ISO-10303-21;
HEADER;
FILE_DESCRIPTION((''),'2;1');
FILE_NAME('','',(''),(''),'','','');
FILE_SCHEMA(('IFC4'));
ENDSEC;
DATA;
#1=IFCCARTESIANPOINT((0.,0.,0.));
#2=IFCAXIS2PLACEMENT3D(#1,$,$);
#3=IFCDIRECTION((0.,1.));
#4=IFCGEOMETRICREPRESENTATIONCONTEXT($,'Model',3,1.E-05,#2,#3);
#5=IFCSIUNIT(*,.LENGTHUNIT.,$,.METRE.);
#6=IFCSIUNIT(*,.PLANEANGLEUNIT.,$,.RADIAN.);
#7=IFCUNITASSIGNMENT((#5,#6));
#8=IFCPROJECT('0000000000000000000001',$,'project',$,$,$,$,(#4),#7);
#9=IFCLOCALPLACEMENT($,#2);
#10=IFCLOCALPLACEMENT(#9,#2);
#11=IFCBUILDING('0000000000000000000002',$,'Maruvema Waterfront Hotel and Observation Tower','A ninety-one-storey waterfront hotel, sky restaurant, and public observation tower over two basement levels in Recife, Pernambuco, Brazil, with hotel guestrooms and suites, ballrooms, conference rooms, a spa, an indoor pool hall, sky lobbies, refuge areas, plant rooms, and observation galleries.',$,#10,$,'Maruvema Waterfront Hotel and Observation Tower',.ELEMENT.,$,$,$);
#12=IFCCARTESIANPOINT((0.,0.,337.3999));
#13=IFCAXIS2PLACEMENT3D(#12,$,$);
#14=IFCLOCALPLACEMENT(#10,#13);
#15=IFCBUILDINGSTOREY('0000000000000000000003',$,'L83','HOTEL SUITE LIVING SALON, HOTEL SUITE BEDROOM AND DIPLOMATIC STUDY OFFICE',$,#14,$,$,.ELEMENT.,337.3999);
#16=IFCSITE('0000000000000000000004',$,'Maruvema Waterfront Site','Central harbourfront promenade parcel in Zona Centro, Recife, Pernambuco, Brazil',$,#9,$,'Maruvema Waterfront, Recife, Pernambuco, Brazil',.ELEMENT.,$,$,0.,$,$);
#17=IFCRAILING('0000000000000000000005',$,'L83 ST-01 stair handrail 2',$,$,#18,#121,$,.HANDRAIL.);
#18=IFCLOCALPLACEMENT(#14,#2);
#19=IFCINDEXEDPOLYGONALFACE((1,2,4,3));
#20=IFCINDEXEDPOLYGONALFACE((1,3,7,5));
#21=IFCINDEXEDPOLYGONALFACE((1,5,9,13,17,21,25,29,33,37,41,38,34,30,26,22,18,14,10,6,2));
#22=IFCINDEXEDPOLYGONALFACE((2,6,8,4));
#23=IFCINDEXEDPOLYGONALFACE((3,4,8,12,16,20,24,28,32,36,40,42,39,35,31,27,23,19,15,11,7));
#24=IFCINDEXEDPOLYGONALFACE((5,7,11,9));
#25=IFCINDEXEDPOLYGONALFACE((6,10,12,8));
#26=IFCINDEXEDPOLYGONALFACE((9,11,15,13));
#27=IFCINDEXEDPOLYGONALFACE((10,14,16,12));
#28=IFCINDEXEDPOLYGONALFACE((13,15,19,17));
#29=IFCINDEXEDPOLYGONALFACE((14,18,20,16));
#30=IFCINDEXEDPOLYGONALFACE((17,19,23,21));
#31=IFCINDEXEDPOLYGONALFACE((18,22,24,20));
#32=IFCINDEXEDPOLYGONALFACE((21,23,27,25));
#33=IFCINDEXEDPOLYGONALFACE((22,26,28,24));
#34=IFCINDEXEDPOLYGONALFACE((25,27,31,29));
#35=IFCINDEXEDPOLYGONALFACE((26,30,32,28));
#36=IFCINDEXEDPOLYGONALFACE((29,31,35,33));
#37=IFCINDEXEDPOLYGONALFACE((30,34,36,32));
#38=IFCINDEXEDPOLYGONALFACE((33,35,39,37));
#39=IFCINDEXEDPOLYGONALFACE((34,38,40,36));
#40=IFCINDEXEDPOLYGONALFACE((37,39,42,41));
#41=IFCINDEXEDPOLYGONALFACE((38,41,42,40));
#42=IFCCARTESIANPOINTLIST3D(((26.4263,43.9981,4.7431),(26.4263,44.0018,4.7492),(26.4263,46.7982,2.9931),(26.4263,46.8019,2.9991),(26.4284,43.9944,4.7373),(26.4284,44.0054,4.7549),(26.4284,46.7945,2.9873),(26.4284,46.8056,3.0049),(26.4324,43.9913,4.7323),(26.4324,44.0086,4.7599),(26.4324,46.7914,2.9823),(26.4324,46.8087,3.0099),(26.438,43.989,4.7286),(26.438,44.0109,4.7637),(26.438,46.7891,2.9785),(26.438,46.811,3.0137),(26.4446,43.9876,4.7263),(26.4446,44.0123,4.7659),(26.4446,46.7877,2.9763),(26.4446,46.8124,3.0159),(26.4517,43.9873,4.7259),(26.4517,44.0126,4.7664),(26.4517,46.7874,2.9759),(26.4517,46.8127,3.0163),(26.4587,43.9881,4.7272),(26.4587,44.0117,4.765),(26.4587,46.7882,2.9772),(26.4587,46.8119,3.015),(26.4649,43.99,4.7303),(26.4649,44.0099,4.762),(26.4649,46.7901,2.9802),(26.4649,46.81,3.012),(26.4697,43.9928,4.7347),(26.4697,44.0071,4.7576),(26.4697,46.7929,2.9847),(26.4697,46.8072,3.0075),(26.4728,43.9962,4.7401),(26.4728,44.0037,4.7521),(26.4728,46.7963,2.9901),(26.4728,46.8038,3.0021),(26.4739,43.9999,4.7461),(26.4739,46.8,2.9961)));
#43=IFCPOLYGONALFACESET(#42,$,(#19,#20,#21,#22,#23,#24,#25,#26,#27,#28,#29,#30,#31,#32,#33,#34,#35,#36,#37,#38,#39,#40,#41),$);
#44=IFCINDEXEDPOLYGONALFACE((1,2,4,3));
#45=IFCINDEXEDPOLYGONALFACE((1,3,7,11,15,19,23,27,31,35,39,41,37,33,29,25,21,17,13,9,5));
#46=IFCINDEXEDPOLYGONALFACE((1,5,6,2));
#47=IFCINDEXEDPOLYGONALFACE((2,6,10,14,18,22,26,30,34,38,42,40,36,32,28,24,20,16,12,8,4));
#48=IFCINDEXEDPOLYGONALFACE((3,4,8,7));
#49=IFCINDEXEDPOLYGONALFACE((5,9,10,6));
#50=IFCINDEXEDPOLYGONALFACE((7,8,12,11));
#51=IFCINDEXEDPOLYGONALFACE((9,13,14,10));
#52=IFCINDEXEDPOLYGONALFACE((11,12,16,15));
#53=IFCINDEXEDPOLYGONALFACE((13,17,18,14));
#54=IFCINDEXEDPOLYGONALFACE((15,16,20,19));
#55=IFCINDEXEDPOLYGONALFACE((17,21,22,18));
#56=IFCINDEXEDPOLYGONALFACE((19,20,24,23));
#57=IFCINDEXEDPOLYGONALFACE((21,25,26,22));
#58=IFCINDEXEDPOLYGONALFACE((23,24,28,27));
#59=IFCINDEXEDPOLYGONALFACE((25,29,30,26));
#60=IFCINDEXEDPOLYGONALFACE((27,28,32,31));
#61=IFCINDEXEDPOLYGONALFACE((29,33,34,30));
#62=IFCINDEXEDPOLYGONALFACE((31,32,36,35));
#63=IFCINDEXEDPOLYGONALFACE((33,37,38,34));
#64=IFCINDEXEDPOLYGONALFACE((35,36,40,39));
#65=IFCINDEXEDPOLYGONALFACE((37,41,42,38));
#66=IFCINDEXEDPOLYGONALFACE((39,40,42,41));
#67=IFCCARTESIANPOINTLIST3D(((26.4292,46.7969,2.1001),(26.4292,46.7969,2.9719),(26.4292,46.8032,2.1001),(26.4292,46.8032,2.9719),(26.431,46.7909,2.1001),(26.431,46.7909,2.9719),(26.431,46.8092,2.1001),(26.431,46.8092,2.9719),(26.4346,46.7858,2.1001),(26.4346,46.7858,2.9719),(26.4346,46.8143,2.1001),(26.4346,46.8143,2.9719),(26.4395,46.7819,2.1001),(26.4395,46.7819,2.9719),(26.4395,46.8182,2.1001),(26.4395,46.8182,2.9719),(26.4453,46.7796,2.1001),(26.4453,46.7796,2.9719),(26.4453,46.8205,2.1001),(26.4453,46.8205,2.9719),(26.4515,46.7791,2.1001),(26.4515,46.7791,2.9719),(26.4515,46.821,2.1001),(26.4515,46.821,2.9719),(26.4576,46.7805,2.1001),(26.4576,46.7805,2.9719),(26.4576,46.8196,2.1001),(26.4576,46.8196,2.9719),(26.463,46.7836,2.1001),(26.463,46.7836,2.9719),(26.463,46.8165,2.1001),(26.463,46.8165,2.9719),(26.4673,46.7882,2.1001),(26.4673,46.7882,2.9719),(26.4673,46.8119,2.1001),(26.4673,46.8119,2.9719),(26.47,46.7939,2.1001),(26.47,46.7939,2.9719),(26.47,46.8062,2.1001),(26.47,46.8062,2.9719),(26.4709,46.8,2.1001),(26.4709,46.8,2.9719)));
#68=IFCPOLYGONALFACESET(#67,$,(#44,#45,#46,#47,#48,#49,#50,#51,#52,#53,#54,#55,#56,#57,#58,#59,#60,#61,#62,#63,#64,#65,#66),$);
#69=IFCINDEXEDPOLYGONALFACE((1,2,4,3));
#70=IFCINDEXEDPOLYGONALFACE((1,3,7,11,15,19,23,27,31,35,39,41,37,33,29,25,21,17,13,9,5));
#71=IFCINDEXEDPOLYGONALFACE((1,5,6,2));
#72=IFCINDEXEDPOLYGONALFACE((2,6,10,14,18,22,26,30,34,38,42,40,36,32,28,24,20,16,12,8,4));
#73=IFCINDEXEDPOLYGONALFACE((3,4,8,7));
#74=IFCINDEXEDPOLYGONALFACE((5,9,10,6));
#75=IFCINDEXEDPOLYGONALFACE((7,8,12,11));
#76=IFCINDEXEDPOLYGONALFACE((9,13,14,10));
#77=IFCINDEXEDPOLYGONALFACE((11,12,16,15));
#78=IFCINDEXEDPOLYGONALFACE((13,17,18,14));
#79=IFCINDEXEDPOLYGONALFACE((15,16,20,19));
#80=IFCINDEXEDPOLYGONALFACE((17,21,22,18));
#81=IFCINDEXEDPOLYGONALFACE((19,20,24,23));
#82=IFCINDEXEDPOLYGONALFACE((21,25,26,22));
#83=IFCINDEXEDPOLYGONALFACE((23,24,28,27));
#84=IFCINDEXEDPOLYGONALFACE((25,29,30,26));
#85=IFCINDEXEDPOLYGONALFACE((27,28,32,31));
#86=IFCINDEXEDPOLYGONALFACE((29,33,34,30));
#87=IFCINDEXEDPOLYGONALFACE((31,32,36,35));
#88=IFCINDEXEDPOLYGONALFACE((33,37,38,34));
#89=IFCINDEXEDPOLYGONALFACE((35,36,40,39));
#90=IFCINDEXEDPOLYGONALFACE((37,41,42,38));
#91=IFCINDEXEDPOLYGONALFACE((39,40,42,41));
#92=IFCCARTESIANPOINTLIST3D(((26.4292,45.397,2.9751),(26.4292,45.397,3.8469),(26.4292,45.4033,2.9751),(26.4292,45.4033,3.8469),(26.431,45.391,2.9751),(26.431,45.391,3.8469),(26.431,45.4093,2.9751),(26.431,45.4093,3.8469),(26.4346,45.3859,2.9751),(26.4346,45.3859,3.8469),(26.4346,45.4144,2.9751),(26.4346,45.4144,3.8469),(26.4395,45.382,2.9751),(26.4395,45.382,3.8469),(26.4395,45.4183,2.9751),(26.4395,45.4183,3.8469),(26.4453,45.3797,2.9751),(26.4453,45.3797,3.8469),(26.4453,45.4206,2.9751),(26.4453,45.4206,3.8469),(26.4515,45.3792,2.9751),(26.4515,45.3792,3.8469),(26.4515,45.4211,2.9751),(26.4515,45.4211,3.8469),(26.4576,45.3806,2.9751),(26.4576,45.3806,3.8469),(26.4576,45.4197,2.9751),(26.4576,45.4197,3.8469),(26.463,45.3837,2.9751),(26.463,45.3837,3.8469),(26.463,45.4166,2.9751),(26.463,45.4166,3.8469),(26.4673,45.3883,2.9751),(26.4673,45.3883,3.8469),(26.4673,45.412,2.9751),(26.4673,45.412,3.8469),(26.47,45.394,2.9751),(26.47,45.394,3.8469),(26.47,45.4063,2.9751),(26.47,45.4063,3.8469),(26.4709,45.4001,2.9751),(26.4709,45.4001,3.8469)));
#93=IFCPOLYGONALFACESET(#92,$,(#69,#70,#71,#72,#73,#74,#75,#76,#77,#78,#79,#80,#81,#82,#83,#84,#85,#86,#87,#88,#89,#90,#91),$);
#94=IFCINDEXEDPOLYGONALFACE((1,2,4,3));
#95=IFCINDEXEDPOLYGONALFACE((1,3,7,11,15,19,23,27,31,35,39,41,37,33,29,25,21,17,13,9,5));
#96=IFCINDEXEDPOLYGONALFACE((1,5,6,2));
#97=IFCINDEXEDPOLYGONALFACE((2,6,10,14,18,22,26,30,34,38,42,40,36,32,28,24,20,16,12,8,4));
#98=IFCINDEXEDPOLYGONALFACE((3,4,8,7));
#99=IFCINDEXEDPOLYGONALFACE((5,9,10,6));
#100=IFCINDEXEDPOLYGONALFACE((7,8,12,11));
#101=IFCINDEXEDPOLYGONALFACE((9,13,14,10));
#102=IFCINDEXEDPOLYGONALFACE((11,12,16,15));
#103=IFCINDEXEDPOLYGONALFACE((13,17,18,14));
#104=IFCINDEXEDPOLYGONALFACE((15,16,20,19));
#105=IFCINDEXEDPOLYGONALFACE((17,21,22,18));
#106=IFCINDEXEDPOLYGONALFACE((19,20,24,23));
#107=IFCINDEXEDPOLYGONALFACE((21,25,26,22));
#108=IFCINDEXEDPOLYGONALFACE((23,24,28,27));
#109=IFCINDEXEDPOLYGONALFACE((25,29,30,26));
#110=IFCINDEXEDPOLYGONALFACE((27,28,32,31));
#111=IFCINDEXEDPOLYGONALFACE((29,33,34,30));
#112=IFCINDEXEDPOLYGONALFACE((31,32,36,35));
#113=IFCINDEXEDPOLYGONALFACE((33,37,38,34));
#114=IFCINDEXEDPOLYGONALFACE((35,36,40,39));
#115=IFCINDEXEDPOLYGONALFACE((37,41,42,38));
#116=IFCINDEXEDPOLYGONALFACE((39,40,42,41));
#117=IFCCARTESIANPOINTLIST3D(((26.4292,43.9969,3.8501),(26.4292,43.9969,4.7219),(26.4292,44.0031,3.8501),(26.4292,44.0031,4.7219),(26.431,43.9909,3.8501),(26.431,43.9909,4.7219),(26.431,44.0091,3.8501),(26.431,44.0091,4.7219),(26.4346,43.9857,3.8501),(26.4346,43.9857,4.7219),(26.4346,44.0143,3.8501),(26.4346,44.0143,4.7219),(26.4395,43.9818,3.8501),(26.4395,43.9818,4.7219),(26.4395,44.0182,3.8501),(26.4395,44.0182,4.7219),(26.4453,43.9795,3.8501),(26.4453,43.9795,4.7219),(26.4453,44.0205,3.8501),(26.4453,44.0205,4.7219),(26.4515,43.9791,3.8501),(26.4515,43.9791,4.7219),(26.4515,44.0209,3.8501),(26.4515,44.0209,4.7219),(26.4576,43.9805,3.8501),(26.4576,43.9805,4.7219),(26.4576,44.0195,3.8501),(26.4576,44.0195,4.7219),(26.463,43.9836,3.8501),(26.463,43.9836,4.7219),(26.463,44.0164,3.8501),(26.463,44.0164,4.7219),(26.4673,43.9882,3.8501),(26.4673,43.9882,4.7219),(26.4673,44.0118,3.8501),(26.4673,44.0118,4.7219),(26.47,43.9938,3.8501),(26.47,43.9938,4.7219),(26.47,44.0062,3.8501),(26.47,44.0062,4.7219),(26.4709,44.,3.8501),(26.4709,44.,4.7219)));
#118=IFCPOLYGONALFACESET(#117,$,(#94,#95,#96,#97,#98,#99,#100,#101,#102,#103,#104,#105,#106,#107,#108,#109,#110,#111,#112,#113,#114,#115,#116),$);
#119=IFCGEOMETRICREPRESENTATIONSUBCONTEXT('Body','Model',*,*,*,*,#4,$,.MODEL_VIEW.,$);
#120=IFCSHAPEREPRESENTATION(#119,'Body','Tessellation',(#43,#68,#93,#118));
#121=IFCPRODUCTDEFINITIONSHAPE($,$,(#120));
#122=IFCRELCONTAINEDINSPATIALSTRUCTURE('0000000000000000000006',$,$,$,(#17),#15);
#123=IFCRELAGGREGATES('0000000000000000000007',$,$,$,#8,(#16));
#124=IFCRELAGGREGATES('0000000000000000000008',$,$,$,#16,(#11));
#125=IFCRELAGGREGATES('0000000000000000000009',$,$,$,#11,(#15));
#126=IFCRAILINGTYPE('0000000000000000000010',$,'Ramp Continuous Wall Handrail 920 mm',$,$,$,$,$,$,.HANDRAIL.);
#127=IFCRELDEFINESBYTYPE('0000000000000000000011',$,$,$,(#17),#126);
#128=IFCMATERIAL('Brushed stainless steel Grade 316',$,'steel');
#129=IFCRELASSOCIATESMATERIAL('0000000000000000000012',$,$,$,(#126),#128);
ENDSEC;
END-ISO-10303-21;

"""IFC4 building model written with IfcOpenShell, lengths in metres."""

from ifc_helpers import new_model, si_unit, direction, frame, origin, origin_2d, place, context, subcontext, project, spatial, circle, extrude, material, type_object, element, save


model = new_model("IFC4")

# Units and contexts
model_context = context("Model", 3, precision=1e-05, world=origin(), true_north=direction((0.0, 1.0)))
body_context = subcontext(model_context, "Body", "Model", "MODEL_VIEW")
ifc_project = project(units=[si_unit("LENGTHUNIT", "METRE"), si_unit("PLANEANGLEUNIT", "RADIAN")], contexts=[model_context])

# Site, building, storey
site_placement = place(None, origin())
site = spatial("IfcSite", under=ifc_project, at=site_placement, Name="Maruvema Waterfront Site", Description="Central harbourfront promenade parcel in Zona Centro, Recife, Pernambuco, Brazil", LongName="Maruvema Waterfront, Recife, Pernambuco, Brazil", CompositionType="ELEMENT", RefElevation=0.0)
building_placement = place(site_placement, origin())
building = spatial("IfcBuilding", under=site, at=building_placement, Name="Maruvema Waterfront Hotel and Observation Tower", Description="A ninety-one-storey waterfront hotel, sky restaurant, and public observation tower over two basement levels in Recife, Pernambuco, Brazil, with hotel guestrooms and suites, ballrooms, conference rooms, a spa, an indoor pool hall, sky lobbies, refuge areas, plant rooms, and observation galleries.", LongName="Maruvema Waterfront Hotel and Observation Tower", CompositionType="ELEMENT")
storey_placement = place(building_placement, frame((0.0, 0.0, 337.3999)))
storey = spatial("IfcBuildingStorey", under=building, at=storey_placement, Name="L83", Description="HOTEL SUITE LIVING SALON, HOTEL SUITE BEDROOM AND DIPLOMATIC STUDY OFFICE", CompositionType="ELEMENT", Elevation=337.3999)

# Railing
ifc_material_1 = material(Name="Brushed stainless steel Grade 316", Category="steel")
railing_type_1 = type_object("IfcRailingType", Name="Ramp Continuous Wall Handrail 920 mm", PredefinedType="HANDRAIL", material=ifc_material_1)
railing_1_placement = place(storey_placement, frame((26.45, 46.8, 2.1001)))
element("IfcRailing", 1, at=railing_1_placement, inside=storey, type_object=railing_type_1, Name="L83 ST-01 stair handrail 2", PredefinedType="HANDRAIL", context=body_context, shape_type="SweptSolid", body=[
    extrude(circle(Radius=0.0239, at=origin_2d()), frame((0.0, 0.0, 0.896), z_axis=(0.0, -0.848002, 0.529992), x_axis=(1.0, 0.0, 0.0)), (0.0, 0.0, 1.0), 3.302),
    extrude(circle(Radius=0.021, at=origin_2d()), origin(), (0.0, 0.0, 1.0), 0.8718),
    extrude(circle(Radius=0.021, at=origin_2d()), frame((0.0, -1.3999, 0.875)), (0.0, 0.0, 1.0), 0.8718),
    extrude(circle(Radius=0.021, at=origin_2d()), frame((0.0, -2.8, 1.75)), (0.0, 0.0, 1.0), 0.8718),
])

save(model, "model.ifc")
